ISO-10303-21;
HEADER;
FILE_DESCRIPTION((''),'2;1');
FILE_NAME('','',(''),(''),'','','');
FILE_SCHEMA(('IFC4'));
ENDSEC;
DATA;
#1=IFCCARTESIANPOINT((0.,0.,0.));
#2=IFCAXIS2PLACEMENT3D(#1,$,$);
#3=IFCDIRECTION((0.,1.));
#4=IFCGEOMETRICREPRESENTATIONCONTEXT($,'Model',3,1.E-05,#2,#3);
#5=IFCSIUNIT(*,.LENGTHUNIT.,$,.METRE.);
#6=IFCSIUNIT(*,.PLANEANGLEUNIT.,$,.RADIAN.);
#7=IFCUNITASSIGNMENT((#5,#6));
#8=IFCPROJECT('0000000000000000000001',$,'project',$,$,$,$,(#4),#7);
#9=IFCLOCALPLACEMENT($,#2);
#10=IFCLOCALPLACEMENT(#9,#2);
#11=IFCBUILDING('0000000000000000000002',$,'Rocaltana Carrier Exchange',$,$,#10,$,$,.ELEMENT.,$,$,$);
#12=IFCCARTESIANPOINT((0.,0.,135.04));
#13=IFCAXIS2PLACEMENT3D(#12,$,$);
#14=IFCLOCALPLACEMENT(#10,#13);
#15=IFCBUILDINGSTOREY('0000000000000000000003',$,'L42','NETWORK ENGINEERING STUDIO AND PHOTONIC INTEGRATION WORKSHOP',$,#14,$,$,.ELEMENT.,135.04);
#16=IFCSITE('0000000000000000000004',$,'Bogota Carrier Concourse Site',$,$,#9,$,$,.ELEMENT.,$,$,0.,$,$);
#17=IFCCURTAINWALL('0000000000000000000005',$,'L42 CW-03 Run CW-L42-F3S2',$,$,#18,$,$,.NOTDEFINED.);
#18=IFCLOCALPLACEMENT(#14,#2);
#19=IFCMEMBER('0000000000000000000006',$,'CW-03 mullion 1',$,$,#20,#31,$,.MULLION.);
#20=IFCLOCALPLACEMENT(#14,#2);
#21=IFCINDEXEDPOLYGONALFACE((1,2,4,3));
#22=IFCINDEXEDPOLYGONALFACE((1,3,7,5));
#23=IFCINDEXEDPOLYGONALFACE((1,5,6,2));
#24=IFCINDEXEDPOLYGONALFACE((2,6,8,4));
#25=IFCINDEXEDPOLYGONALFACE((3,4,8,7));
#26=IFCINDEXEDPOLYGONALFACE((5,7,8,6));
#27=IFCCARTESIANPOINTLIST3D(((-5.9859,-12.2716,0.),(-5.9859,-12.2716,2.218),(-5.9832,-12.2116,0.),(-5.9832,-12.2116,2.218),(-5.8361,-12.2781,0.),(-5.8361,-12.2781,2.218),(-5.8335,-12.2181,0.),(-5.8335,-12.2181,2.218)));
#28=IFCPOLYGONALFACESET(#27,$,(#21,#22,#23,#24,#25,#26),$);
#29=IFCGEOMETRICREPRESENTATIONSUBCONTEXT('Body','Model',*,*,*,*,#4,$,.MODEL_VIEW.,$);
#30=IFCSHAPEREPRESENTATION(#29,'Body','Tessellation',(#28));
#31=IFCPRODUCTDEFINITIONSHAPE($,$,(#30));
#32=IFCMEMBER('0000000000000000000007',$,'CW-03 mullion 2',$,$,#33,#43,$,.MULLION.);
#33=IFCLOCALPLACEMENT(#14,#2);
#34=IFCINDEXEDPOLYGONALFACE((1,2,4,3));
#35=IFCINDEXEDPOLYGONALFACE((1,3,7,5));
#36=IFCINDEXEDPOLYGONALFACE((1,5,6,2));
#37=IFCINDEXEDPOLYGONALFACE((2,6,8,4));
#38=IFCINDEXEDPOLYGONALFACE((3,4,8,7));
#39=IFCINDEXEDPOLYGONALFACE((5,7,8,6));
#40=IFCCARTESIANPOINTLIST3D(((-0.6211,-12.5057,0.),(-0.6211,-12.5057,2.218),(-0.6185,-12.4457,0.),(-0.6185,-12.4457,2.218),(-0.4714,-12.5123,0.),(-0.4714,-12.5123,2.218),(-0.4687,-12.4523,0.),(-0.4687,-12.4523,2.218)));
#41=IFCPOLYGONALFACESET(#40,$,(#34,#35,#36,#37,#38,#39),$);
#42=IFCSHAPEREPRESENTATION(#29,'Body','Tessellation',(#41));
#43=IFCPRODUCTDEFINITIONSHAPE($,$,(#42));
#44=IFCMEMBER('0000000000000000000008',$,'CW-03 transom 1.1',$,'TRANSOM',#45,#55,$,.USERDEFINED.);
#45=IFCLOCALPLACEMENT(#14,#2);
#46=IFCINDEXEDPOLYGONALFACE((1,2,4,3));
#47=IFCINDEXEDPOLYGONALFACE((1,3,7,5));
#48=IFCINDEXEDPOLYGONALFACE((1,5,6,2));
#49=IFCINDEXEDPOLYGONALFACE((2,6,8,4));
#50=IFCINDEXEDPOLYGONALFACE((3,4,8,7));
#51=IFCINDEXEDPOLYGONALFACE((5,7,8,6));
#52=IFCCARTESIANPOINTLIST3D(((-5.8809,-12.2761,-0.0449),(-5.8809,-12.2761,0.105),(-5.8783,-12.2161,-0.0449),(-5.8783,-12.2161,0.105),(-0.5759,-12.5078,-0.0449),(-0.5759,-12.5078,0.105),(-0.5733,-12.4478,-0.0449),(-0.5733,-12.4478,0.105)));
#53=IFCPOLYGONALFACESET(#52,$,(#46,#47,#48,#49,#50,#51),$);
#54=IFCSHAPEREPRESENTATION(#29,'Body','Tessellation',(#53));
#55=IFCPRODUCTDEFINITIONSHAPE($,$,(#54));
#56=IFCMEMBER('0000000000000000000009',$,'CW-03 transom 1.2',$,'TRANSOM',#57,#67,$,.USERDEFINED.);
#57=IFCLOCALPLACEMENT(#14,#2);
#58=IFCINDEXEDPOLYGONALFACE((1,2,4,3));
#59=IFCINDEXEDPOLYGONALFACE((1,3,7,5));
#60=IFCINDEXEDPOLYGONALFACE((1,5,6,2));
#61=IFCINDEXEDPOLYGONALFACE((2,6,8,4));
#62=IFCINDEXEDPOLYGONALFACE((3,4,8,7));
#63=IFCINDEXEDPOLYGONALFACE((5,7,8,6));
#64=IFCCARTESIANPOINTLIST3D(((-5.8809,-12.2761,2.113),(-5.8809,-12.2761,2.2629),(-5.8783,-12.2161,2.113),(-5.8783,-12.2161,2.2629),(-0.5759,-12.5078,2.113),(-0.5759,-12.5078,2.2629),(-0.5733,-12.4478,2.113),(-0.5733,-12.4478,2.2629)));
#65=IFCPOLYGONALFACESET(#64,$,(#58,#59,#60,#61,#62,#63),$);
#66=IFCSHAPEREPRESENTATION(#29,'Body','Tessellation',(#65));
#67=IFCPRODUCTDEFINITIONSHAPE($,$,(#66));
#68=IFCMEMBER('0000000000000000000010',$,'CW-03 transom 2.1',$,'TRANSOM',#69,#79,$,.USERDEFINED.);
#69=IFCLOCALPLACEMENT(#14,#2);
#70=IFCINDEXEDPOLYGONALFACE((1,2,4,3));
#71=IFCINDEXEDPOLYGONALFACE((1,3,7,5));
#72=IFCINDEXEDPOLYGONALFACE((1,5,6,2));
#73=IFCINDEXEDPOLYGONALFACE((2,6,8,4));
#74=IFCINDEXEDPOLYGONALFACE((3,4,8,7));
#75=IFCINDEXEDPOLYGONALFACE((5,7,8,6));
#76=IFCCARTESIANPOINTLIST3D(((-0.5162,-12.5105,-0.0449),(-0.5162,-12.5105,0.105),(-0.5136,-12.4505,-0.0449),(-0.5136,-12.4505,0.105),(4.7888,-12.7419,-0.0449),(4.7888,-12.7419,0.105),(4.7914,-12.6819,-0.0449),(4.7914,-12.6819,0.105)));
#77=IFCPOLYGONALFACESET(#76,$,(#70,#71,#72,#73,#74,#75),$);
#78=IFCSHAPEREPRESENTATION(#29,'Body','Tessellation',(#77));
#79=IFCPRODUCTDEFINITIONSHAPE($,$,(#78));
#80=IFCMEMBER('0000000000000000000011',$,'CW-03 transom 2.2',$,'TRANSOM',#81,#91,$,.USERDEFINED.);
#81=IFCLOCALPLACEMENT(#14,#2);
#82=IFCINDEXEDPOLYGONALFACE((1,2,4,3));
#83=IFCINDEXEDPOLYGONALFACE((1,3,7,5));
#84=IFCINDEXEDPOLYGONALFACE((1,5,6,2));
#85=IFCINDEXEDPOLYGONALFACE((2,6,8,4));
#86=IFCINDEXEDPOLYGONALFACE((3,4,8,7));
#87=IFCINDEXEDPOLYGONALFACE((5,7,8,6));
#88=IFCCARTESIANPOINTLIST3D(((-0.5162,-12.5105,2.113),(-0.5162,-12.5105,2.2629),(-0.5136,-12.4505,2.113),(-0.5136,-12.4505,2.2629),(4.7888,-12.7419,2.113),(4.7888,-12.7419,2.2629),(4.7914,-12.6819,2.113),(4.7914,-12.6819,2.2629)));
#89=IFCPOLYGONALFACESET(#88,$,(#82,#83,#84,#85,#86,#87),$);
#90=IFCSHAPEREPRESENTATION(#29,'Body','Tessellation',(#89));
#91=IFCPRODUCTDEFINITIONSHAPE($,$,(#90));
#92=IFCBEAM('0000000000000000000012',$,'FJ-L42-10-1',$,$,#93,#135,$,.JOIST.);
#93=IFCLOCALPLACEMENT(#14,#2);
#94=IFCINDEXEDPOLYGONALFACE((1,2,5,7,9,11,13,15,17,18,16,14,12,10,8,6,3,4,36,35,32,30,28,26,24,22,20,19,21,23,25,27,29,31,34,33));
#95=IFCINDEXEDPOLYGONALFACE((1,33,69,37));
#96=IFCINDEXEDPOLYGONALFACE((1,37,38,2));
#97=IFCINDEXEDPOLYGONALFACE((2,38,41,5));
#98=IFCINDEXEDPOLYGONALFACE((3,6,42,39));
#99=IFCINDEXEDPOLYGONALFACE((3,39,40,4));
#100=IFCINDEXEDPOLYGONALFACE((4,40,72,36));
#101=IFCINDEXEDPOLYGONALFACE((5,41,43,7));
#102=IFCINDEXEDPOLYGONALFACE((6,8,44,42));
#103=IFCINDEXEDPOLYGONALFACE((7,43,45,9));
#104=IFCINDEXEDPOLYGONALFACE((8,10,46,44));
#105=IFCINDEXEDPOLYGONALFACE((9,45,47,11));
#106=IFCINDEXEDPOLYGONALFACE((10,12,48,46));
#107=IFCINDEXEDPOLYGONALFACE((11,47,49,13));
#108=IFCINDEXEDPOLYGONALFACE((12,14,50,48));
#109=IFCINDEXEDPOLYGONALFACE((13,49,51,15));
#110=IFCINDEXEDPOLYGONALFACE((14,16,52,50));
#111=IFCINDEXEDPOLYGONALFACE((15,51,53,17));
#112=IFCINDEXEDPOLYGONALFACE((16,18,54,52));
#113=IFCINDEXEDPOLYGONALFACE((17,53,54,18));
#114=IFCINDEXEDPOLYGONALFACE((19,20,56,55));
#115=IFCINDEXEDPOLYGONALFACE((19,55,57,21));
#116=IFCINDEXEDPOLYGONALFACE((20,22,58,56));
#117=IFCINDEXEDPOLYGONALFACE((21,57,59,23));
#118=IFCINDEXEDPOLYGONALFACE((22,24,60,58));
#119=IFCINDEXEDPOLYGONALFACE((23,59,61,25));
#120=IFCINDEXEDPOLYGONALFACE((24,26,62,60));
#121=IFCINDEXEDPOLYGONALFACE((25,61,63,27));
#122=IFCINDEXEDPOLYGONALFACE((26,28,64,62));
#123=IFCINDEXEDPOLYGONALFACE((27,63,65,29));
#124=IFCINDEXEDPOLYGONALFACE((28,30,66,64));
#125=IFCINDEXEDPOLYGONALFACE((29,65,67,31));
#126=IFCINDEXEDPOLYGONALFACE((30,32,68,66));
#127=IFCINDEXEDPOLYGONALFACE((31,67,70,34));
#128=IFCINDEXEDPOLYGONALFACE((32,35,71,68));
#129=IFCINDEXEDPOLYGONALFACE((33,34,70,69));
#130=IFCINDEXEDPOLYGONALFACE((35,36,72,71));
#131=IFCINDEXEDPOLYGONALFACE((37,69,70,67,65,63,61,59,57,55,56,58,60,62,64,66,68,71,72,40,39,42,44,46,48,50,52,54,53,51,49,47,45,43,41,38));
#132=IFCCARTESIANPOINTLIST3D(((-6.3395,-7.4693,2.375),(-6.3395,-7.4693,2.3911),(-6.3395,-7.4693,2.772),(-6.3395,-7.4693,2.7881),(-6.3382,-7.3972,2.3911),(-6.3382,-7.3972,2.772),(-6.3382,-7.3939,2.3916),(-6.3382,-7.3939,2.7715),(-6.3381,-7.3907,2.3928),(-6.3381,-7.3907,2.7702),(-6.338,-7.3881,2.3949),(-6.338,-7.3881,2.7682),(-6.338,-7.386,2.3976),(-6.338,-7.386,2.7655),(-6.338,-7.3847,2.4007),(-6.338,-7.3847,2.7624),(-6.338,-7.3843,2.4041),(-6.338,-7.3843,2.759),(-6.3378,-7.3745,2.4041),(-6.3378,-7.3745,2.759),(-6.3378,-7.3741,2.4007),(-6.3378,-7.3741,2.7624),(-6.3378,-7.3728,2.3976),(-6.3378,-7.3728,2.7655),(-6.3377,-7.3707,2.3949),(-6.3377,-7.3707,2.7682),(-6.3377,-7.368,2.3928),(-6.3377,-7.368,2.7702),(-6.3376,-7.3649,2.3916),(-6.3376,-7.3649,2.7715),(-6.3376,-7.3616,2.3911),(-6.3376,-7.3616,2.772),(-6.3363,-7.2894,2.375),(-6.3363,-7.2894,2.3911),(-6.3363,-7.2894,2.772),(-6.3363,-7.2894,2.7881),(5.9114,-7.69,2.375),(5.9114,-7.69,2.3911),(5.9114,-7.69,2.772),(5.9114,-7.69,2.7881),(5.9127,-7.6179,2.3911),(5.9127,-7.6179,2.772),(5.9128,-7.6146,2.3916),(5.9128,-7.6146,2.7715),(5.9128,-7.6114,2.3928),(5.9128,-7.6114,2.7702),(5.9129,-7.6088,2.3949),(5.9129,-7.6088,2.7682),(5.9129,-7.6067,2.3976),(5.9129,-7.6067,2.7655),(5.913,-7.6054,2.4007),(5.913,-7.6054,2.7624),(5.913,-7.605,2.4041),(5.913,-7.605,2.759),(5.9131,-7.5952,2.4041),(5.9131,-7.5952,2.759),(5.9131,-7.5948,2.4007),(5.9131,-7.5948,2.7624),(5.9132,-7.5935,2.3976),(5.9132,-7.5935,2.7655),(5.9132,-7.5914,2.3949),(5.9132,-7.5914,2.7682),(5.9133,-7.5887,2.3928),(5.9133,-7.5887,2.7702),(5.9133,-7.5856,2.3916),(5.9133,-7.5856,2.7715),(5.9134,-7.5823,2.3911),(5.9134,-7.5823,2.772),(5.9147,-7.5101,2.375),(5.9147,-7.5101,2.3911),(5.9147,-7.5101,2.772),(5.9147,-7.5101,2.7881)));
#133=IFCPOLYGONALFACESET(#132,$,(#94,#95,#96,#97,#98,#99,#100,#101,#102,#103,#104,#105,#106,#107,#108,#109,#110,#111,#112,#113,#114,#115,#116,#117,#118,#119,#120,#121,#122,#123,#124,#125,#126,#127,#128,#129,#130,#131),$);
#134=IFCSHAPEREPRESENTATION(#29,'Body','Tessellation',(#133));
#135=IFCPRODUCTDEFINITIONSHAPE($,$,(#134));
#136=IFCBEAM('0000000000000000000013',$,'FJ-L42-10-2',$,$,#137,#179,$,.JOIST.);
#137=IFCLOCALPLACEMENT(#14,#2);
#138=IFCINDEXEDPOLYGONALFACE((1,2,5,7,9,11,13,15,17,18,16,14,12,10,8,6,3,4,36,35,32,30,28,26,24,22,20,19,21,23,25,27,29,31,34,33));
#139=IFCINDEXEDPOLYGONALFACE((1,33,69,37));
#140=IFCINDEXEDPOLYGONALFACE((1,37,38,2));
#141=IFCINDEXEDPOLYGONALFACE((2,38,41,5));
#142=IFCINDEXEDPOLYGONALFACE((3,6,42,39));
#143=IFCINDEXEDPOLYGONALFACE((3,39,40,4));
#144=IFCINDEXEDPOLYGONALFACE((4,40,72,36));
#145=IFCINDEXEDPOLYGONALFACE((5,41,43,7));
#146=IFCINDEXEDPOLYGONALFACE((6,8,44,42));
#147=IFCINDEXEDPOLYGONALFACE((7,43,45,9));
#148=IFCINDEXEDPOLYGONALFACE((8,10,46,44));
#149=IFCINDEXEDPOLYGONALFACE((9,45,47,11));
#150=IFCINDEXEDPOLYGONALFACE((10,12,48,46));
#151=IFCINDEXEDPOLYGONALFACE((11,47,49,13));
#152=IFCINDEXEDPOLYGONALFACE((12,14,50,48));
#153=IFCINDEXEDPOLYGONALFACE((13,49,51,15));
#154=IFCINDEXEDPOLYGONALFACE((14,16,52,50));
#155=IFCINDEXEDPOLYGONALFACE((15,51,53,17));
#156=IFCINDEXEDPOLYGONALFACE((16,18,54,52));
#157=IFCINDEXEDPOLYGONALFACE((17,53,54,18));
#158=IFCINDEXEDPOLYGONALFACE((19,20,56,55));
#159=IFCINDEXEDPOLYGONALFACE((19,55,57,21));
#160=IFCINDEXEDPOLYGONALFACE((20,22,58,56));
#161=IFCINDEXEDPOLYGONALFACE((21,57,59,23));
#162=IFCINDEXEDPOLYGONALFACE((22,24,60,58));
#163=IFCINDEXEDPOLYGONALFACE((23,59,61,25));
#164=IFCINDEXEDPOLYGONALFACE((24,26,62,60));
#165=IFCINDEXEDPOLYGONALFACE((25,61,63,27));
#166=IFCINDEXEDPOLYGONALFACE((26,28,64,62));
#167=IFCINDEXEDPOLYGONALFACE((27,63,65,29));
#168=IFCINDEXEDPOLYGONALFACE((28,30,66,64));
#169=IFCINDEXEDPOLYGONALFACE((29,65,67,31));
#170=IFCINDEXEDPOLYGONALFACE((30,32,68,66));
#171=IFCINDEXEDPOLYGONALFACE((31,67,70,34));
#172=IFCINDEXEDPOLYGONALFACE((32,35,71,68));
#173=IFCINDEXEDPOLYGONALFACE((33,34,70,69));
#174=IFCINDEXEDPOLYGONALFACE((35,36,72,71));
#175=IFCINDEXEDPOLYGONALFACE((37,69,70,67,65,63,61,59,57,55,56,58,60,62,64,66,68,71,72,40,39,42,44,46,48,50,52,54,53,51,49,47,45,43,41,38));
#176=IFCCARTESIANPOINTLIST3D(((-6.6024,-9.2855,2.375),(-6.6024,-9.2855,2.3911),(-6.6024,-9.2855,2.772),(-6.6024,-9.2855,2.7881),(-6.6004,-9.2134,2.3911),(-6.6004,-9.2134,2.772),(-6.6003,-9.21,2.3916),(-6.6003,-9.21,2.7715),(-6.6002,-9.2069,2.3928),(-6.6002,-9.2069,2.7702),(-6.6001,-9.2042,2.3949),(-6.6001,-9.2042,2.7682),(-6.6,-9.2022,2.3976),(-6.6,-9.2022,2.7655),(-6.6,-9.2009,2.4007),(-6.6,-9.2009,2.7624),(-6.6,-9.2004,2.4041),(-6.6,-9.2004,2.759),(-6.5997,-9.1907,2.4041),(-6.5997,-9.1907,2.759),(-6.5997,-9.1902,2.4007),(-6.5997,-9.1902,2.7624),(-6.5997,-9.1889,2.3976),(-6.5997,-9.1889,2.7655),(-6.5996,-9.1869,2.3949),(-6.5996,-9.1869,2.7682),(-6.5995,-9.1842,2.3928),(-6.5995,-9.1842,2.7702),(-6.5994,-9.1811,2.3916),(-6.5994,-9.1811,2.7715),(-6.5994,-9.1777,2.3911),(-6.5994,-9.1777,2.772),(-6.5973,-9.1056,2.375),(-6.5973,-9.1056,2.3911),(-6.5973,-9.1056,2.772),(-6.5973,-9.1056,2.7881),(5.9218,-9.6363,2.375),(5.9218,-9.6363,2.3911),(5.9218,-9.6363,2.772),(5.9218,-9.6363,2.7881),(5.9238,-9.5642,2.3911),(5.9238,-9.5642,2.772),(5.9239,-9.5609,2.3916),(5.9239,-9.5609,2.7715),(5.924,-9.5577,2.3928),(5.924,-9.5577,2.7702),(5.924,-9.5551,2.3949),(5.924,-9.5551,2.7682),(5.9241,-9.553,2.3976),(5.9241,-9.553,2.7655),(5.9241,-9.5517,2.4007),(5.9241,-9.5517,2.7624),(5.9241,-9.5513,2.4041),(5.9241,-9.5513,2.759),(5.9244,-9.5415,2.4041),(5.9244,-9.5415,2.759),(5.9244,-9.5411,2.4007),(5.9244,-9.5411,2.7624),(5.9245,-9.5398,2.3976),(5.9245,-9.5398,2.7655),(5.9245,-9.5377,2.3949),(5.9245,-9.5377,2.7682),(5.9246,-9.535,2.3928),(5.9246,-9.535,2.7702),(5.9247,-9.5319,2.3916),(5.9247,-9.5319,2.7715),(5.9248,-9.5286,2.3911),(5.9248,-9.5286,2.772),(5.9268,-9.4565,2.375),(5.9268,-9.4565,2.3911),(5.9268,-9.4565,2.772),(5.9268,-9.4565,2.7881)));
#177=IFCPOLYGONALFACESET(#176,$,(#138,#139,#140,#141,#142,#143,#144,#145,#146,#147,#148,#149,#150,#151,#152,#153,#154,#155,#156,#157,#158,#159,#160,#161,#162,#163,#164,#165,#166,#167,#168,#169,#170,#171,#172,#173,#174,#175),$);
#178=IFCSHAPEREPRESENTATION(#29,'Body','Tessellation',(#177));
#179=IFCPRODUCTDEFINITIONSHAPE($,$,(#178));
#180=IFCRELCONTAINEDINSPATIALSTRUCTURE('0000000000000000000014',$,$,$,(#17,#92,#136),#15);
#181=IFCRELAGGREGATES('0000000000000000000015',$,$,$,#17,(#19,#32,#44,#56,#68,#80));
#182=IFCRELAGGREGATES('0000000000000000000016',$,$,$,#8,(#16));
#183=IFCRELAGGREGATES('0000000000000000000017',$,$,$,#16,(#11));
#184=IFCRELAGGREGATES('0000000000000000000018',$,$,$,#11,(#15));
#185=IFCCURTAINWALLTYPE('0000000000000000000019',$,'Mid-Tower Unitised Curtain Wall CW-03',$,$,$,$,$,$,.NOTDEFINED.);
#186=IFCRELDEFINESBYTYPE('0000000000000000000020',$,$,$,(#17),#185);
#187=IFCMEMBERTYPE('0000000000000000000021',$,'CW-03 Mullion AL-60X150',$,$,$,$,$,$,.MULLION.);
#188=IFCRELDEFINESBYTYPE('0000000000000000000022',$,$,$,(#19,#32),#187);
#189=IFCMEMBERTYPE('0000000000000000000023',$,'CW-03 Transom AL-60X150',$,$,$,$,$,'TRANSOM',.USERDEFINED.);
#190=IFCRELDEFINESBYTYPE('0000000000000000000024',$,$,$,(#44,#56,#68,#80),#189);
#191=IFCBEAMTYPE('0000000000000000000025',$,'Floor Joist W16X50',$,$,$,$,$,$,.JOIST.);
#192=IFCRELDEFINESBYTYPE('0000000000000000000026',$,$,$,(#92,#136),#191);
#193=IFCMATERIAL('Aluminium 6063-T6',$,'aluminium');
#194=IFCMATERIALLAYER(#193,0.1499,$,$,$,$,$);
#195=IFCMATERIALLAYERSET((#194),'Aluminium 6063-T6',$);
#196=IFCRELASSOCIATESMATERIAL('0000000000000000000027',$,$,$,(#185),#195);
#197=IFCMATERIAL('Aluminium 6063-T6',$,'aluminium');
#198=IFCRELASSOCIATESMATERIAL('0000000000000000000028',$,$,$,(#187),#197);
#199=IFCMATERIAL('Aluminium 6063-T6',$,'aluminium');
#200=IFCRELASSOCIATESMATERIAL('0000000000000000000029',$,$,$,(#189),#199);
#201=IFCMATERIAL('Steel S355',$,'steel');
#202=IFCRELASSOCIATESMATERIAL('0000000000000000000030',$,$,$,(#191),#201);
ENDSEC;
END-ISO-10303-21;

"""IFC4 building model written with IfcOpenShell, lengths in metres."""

from ifc_helpers import new_model, si_unit, direction, frame, origin, origin_2d, place, context, subcontext, project, spatial, rectangle, i_section, extrude, material, layer, layer_set, material_profile, profile_set, type_object, element, aggregate, save


model = new_model("IFC4")

# Units and contexts
model_context = context("Model", 3, precision=1e-05, world=origin(), true_north=direction((0.0, 1.0)))
body_context = subcontext(model_context, "Body", "Model", "MODEL_VIEW")
ifc_project = project(units=[si_unit("LENGTHUNIT", "METRE"), si_unit("PLANEANGLEUNIT", "RADIAN")], contexts=[model_context])

# Site, building, storey
site_placement = place(None, origin())
site = spatial("IfcSite", under=ifc_project, at=site_placement, Name="Bogota Carrier Concourse Site", CompositionType="ELEMENT", RefElevation=0.0)
building_placement = place(site_placement, origin())
building = spatial("IfcBuilding", under=site, at=building_placement, Name="Rocaltana Carrier Exchange", CompositionType="ELEMENT")
storey_placement = place(building_placement, frame((0.0, 0.0, 135.04)))
storey = spatial("IfcBuildingStorey", under=building, at=storey_placement, Name="L42", Description="NETWORK ENGINEERING STUDIO AND PHOTONIC INTEGRATION WORKSHOP", CompositionType="ELEMENT", Elevation=135.04)

# Curtain wall, members
ifc_material_1 = material(Name="Aluminium 6063-T6", Category="aluminium")
ifc_layer_1 = layer(ifc_material_1, 0.1499)
ifc_layer_set_1 = layer_set([ifc_layer_1], Name="Aluminium 6063-T6")
curtain_wall_type = type_object("IfcCurtainWallType", Name="Mid-Tower Unitised Curtain Wall CW-03", PredefinedType="NOTDEFINED", material=ifc_layer_set_1)
curtain_wall_placement = place(storey_placement, origin())
curtain_wall = element("IfcCurtainWall", 1, at=curtain_wall_placement, inside=storey, type_object=curtain_wall_type, Name="L42 CW-03 Run CW-L42-F3S2", PredefinedType="NOTDEFINED")
ifc_material_2 = material(Name="Aluminium 6063-T6", Category="aluminium")
ifc_material_profile_1 = material_profile(ifc_material_2, rectangle(XDim=0.0601, YDim=0.1499, at=origin_2d()), Name="AL-60X150")
ifc_profile_set_1 = profile_set([ifc_material_profile_1], Name="Aluminium 6063-T6")
member_type_1 = type_object("IfcMemberType", Name="CW-03 Mullion AL-60X150", PredefinedType="MULLION", material=ifc_profile_set_1)
member_1_placement = place(storey_placement, frame((-5.9097, -12.2449, 0.0), z_axis=(0.0, 0.0, 1.0), x_axis=(0.04362, 0.999048, 0.0)))
member_1 = element("IfcMember", 2, at=member_1_placement, type_object=member_type_1, Name="CW-03 mullion 1", PredefinedType="MULLION", context=body_context, shape_type="SweptSolid", body=[
    extrude(rectangle(XDim=0.0601, YDim=0.1499, at=origin_2d()), origin(), (0.0, 0.0, 1.0), 2.218),
])
member_2_placement = place(storey_placement, frame((-0.5449, -12.479, 0.0), z_axis=(0.0, 0.0, 1.0), x_axis=(0.04362, 0.999048, 0.0)))
member_2 = element("IfcMember", 3, at=member_2_placement, type_object=member_type_1, Name="CW-03 mullion 2", PredefinedType="MULLION", context=body_context, shape_type="SweptSolid", body=[
    extrude(rectangle(XDim=0.0601, YDim=0.1499, at=origin_2d()), origin(), (0.0, 0.0, 1.0), 2.218),
])
ifc_material_3 = material(Name="Aluminium 6063-T6", Category="aluminium")
ifc_material_profile_2 = material_profile(ifc_material_3, rectangle(XDim=0.0601, YDim=0.1499, at=origin_2d()), Name="AL-60X150")
ifc_profile_set_2 = profile_set([ifc_material_profile_2], Name="Aluminium 6063-T6")
member_type_2 = type_object("IfcMemberType", Name="CW-03 Transom AL-60X150", ElementType="TRANSOM", PredefinedType="USERDEFINED", material=ifc_profile_set_2)
member_3_placement = place(storey_placement, frame((-5.8796, -12.2461, 0.03), z_axis=(0.999048, -0.043633, 0.0), x_axis=(0.043633, 0.999048, 0.0)))
member_3 = element("IfcMember", 4, at=member_3_placement, type_object=member_type_2, Name="CW-03 transom 1.1", ObjectType="TRANSOM", PredefinedType="USERDEFINED", context=body_context, shape_type="SweptSolid", body=[
    extrude(rectangle(XDim=0.0601, YDim=0.1499, at=origin_2d()), origin(), (0.0, 0.0, 1.0), 5.3101),
])
member_4_placement = place(storey_placement, frame((-5.8796, -12.2461, 2.188), z_axis=(0.999048, -0.043633, 0.0), x_axis=(0.043633, 0.999048, 0.0)))
member_4 = element("IfcMember", 5, at=member_4_placement, type_object=member_type_2, Name="CW-03 transom 1.2", ObjectType="TRANSOM", PredefinedType="USERDEFINED", context=body_context, shape_type="SweptSolid", body=[
    extrude(rectangle(XDim=0.0601, YDim=0.1499, at=origin_2d()), origin(), (0.0, 0.0, 1.0), 5.3101),
])
member_5_placement = place(storey_placement, frame((-0.5149, -12.4805, 0.03), z_axis=(0.99905, -0.043587, 0.0), x_axis=(0.043587, 0.99905, 0.0)))
member_5 = element("IfcMember", 6, at=member_5_placement, type_object=member_type_2, Name="CW-03 transom 2.1", ObjectType="TRANSOM", PredefinedType="USERDEFINED", context=body_context, shape_type="SweptSolid", body=[
    extrude(rectangle(XDim=0.0601, YDim=0.1499, at=origin_2d()), origin(), (0.0, 0.0, 1.0), 5.3101),
])
member_6_placement = place(storey_placement, frame((-0.5149, -12.4805, 2.188), z_axis=(0.99905, -0.043587, 0.0), x_axis=(0.043587, 0.99905, 0.0)))
member_6 = element("IfcMember", 7, at=member_6_placement, type_object=member_type_2, Name="CW-03 transom 2.2", ObjectType="TRANSOM", PredefinedType="USERDEFINED", context=body_context, shape_type="SweptSolid", body=[
    extrude(rectangle(XDim=0.0601, YDim=0.1499, at=origin_2d()), origin(), (0.0, 0.0, 1.0), 5.3101),
])

# Beams
ifc_material_4 = material(Name="Steel S355", Category="steel")
ifc_material_profile_3 = material_profile(ifc_material_4, i_section(OverallWidth=0.1799, OverallDepth=0.4131, WebThickness=0.0098, FlangeThickness=0.0161, FilletRadius=0.0129, at=origin_2d()), Name="W16X50")
ifc_profile_set_3 = profile_set([ifc_material_profile_3], Name="Steel S355")
beam_type_1 = type_object("IfcBeamType", Name="Floor Joist W16X50", PredefinedType="JOIST", material=ifc_profile_set_3)
beam_1_placement = place(storey_placement, frame((-6.3379, -7.3794, 2.5815), z_axis=(0.999838, -0.018012, 0.0), x_axis=(0.018012, 0.999838, 0.0)))
element("IfcBeam", 8, at=beam_1_placement, inside=storey, type_object=beam_type_1, Name="FJ-L42-10-1", PredefinedType="JOIST", context=body_context, shape_type="SweptSolid", body=[
    extrude(i_section(OverallWidth=0.1799, OverallDepth=0.4131, WebThickness=0.0098, FlangeThickness=0.0161, FilletRadius=0.0129, at=origin_2d()), origin(), (0.0, 0.0, 1.0), 12.2529),
])
beam_2_placement = place(storey_placement, frame((-6.5999, -9.1956, 2.5815), z_axis=(0.999608, -0.028001, 0.0), x_axis=(0.028001, 0.999608, 0.0)))
element("IfcBeam", 9, at=beam_2_placement, inside=storey, type_object=beam_type_1, Name="FJ-L42-10-2", PredefinedType="JOIST", context=body_context, shape_type="SweptSolid", body=[
    extrude(i_section(OverallWidth=0.1799, OverallDepth=0.4131, WebThickness=0.0098, FlangeThickness=0.0161, FilletRadius=0.0129, at=origin_2d()), origin(), (0.0, 0.0, 1.0), 12.5291),
])

aggregate(curtain_wall, [member_1, member_2, member_3, member_4, member_5, member_6])

save(model, "model.ifc")
